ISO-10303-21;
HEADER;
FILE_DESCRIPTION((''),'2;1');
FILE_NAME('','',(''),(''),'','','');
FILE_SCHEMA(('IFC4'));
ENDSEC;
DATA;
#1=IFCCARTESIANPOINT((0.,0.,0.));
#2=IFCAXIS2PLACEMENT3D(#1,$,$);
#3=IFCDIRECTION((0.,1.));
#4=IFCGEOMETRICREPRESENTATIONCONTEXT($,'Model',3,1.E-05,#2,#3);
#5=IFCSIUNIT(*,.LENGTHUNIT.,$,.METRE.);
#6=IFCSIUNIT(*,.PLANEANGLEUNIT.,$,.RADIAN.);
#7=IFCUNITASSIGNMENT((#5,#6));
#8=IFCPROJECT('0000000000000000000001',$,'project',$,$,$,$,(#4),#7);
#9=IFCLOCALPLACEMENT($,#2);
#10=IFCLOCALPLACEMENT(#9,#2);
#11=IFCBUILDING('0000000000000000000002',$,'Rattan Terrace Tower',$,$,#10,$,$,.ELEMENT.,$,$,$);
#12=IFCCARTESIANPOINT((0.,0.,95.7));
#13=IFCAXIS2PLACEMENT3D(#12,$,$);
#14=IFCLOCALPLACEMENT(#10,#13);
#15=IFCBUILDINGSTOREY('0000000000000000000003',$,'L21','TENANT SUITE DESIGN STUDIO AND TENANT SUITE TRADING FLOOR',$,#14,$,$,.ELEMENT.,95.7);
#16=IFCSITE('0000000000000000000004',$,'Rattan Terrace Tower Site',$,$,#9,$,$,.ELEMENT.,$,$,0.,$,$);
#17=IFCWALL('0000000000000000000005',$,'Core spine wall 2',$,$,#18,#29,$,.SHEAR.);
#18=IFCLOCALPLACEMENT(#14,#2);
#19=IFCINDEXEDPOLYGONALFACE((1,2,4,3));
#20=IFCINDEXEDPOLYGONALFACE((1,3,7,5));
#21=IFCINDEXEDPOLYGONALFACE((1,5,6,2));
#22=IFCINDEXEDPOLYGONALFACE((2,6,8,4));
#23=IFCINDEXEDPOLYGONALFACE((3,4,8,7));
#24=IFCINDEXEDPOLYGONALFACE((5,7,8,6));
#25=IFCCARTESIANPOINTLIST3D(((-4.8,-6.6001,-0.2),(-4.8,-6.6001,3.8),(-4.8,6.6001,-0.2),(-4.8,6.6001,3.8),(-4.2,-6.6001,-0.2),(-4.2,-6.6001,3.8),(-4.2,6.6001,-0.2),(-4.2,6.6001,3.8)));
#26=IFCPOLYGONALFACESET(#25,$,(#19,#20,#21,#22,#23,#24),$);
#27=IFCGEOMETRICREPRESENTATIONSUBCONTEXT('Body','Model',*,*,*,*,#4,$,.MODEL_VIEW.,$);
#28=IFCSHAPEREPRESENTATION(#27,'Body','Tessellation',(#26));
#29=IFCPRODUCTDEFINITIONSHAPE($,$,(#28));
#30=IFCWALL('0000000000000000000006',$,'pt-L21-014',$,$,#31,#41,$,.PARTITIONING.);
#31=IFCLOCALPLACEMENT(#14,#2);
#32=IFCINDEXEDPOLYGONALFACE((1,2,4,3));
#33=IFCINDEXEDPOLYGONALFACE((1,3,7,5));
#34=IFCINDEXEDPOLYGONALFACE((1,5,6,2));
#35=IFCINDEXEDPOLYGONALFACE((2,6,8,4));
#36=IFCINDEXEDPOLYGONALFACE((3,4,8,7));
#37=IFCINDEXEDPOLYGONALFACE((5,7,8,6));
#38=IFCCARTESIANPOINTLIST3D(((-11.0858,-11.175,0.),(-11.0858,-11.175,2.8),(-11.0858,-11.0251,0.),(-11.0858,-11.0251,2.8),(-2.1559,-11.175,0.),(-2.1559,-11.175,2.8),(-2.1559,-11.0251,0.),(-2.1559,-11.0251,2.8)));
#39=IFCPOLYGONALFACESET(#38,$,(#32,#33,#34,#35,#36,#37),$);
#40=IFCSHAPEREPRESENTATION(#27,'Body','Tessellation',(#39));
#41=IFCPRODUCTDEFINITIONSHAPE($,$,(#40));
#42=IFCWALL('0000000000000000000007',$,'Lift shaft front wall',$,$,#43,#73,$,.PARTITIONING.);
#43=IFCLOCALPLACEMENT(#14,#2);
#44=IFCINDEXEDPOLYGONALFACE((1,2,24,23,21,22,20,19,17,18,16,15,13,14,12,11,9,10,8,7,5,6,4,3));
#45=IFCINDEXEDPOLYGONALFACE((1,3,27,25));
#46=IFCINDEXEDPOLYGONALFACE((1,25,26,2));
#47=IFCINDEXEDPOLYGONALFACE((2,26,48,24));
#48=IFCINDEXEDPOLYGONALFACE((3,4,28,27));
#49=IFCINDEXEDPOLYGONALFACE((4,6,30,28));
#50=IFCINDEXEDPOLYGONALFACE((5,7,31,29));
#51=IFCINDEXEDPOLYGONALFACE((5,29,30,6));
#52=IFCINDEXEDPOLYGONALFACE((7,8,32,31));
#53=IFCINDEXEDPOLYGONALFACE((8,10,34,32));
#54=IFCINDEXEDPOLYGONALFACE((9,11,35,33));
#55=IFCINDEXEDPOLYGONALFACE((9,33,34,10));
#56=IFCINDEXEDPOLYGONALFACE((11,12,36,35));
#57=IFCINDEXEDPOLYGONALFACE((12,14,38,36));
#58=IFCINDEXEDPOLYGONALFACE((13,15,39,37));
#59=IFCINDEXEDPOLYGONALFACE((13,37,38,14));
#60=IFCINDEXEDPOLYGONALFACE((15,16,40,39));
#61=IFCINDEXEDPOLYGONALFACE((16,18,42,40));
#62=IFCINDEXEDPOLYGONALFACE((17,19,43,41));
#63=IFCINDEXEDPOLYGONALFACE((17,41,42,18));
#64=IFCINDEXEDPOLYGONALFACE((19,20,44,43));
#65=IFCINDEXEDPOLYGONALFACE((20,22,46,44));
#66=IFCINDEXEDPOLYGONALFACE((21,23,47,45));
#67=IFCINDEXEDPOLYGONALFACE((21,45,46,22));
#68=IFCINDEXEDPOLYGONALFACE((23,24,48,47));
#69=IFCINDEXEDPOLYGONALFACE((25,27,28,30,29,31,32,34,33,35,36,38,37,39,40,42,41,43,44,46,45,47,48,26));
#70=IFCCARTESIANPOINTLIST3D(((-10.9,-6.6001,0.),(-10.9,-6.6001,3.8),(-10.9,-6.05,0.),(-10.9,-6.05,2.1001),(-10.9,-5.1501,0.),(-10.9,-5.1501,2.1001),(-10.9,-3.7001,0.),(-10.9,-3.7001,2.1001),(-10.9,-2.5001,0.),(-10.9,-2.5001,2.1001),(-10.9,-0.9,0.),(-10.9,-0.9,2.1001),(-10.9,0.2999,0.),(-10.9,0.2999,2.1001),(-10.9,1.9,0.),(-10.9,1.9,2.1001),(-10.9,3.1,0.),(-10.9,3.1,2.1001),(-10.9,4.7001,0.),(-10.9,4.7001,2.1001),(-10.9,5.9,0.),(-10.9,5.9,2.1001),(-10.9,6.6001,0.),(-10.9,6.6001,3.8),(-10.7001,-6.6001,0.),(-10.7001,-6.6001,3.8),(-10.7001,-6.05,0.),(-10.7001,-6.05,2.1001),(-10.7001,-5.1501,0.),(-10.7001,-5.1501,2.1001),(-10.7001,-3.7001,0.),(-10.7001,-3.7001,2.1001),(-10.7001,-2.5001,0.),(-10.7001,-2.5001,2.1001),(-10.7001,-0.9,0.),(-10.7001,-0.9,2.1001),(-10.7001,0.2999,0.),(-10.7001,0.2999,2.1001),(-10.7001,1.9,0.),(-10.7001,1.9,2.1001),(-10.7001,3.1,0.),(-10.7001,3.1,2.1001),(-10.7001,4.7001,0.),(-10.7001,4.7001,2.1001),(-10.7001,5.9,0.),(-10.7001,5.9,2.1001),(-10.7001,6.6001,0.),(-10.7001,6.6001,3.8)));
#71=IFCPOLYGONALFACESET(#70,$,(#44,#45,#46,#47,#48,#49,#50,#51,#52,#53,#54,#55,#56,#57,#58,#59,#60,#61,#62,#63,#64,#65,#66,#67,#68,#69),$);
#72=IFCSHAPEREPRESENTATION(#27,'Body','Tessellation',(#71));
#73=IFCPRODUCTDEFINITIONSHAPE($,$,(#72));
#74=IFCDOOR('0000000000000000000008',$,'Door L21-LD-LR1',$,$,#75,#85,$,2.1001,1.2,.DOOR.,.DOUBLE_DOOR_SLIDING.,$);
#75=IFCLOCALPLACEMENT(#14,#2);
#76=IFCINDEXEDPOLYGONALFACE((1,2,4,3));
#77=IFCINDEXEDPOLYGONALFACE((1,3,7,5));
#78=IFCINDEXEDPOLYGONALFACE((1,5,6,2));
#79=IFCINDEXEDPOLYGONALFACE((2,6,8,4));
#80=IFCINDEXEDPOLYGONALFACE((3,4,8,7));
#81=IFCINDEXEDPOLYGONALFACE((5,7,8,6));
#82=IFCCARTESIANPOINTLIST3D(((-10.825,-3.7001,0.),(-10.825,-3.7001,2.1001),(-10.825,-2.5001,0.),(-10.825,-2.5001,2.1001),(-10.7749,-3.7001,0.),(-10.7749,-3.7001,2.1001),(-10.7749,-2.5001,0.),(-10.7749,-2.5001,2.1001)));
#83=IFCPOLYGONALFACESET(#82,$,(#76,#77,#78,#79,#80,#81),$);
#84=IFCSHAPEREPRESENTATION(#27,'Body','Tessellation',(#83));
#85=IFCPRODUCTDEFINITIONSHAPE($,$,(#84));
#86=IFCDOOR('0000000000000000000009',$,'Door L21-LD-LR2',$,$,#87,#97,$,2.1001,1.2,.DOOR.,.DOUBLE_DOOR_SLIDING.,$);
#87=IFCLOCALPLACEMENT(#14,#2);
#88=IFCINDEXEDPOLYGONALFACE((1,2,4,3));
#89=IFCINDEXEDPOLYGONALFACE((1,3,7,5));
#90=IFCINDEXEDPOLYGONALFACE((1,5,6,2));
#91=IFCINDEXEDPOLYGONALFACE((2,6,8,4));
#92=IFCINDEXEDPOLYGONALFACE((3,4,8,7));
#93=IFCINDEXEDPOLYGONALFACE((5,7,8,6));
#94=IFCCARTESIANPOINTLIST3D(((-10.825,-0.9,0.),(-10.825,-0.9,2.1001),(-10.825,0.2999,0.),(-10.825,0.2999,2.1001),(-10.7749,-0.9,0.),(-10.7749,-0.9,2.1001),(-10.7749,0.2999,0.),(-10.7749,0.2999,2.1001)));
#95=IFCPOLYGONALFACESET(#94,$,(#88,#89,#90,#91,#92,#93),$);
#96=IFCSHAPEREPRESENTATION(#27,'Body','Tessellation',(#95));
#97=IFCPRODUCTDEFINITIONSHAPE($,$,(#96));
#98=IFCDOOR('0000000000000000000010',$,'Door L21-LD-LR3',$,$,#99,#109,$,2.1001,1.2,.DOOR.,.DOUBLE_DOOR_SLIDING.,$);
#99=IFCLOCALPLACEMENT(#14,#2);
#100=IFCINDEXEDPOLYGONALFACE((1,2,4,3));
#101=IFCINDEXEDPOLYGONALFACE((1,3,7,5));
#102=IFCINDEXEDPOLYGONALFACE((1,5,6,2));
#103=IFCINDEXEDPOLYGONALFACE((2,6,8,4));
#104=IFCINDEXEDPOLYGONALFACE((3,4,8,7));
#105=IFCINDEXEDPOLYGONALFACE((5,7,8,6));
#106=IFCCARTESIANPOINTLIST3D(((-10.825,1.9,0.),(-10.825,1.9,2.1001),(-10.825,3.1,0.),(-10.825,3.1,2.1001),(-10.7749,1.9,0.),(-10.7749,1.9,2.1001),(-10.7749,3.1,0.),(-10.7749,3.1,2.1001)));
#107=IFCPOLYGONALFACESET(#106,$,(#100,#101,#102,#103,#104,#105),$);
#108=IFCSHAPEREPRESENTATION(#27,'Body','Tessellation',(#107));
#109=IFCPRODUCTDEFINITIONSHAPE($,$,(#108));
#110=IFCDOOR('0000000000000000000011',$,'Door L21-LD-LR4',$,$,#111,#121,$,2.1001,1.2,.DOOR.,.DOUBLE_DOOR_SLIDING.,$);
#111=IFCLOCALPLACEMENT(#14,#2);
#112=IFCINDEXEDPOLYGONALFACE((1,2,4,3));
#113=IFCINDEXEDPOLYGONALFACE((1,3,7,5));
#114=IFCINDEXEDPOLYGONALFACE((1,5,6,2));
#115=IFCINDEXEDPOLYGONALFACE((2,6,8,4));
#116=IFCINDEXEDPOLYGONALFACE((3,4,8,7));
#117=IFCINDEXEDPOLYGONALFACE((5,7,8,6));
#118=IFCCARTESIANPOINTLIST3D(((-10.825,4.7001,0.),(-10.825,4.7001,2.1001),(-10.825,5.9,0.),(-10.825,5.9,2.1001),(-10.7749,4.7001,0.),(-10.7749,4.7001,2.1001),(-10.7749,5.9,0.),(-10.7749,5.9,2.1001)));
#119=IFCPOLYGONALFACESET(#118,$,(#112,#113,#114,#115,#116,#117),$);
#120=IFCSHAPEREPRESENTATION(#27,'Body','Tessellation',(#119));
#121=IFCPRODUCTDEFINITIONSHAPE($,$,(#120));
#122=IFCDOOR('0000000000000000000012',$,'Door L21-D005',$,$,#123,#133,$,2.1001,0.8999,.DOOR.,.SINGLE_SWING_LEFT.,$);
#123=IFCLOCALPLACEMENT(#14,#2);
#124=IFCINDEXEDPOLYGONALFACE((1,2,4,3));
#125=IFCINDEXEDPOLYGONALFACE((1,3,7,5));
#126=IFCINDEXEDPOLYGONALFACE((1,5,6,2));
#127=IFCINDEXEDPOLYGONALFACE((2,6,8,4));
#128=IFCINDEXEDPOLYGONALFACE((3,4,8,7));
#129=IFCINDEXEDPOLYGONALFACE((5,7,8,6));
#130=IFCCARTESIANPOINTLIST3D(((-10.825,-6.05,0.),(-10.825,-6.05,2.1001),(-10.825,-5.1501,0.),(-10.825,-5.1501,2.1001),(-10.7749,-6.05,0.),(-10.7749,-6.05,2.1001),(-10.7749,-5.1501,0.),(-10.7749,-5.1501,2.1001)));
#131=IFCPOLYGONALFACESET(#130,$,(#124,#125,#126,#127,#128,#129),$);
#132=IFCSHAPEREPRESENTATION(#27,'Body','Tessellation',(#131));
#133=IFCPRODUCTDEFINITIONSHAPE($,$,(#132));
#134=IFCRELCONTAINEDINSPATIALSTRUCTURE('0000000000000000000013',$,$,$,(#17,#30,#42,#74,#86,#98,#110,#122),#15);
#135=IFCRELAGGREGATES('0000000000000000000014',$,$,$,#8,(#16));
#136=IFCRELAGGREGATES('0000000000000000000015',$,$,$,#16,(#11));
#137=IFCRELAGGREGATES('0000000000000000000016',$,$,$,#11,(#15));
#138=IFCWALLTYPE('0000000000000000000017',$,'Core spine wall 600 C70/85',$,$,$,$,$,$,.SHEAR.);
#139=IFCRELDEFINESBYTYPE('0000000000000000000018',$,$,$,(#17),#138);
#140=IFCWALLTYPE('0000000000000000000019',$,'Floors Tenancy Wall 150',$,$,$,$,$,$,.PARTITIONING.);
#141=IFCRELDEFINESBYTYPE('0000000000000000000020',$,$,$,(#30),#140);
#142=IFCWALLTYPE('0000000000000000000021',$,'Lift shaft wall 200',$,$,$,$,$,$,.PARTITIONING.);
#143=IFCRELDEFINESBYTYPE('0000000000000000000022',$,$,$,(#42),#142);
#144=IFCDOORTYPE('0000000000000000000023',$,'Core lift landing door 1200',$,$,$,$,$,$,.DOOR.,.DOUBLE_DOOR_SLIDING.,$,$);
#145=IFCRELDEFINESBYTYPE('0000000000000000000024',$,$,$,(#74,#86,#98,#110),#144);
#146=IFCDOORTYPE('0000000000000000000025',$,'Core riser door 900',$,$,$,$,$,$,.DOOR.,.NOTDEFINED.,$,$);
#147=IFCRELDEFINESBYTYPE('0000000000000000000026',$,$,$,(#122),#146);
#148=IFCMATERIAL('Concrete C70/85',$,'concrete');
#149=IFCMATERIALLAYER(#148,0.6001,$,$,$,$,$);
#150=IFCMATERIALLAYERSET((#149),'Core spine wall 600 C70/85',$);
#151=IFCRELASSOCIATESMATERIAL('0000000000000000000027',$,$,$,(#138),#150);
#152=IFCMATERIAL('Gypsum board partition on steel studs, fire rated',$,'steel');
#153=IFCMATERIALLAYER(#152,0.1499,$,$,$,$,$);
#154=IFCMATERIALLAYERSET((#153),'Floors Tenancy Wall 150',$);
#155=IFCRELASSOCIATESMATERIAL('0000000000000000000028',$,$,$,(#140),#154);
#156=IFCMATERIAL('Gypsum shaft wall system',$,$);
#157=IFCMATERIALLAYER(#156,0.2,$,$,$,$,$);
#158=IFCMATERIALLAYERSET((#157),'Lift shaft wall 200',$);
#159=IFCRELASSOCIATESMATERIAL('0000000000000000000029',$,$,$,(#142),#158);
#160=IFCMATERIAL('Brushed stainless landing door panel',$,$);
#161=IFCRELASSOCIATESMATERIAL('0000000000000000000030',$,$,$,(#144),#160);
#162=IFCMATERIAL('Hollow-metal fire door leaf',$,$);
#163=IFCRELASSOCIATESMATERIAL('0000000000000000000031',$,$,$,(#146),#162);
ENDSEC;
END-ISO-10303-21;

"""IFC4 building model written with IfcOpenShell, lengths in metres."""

from ifc_helpers import new_model, si_unit, direction, frame, frame_2d, origin, place, context, subcontext, project, spatial, rectangle, extrude, material, layer, layer_set, type_object, element, fill, save


model = new_model("IFC4")

# Units and contexts
model_context = context("Model", 3, precision=1e-05, world=origin(), true_north=direction((0.0, 1.0)))
body_context = subcontext(model_context, "Body", "Model", "MODEL_VIEW")
ifc_project = project(units=[si_unit("LENGTHUNIT", "METRE"), si_unit("PLANEANGLEUNIT", "RADIAN")], contexts=[model_context])

# Site, building, storey
site_placement = place(None, origin())
site = spatial("IfcSite", under=ifc_project, at=site_placement, Name="Rattan Terrace Tower Site", CompositionType="ELEMENT", RefElevation=0.0)
building_placement = place(site_placement, origin())
building = spatial("IfcBuilding", under=site, at=building_placement, Name="Rattan Terrace Tower", CompositionType="ELEMENT")
storey_placement = place(building_placement, frame((0.0, 0.0, 95.7)))
storey = spatial("IfcBuildingStorey", under=building, at=storey_placement, Name="L21", Description="TENANT SUITE DESIGN STUDIO AND TENANT SUITE TRADING FLOOR", CompositionType="ELEMENT", Elevation=95.7)

# Walls
ifc_material_1 = material(Name="Concrete C70/85", Category="concrete")
ifc_layer_1 = layer(ifc_material_1, 0.6001)
ifc_layer_set_1 = layer_set([ifc_layer_1], Name="Core spine wall 600 C70/85")
wall_type_1 = type_object("IfcWallType", Name="Core spine wall 600 C70/85", PredefinedType="SHEAR", material=ifc_layer_set_1)
wall_1_placement = place(storey_placement, frame((-4.5, -6.6001, -0.2), z_axis=(0.0, 0.0, 1.0), x_axis=(0.0, 1.0, 0.0)))
element("IfcWall", 1, at=wall_1_placement, inside=storey, type_object=wall_type_1, Name="Core spine wall 2", PredefinedType="SHEAR", context=body_context, shape_type="SweptSolid", body=[
    extrude(rectangle(XDim=13.2002, YDim=0.6001, at=frame_2d((6.6001, 0.0))), origin(), (0.0, 0.0, 1.0), 4.0),
])
ifc_material_2 = material(Name="Gypsum board partition on steel studs, fire rated", Category="steel")
ifc_layer_2 = layer(ifc_material_2, 0.1499)
ifc_layer_set_2 = layer_set([ifc_layer_2], Name="Floors Tenancy Wall 150")
wall_type_2 = type_object("IfcWallType", Name="Floors Tenancy Wall 150", PredefinedType="PARTITIONING", material=ifc_layer_set_2)
wall_2_placement = place(storey_placement, frame((-2.156, -11.1001, 0.0), z_axis=(0.0, 0.0, 1.0), x_axis=(-1.0, 0.0, 0.0)))
element("IfcWall", 2, at=wall_2_placement, inside=storey, type_object=wall_type_2, Name="pt-L21-014", PredefinedType="PARTITIONING", context=body_context, shape_type="SweptSolid", body=[
    extrude(rectangle(XDim=8.9299, YDim=0.1499, at=frame_2d((4.4648, 0.0))), origin(), (0.0, 0.0, 1.0), 2.8),
])

# Wall, openings, doors
ifc_material_3 = material(Name="Gypsum shaft wall system")
ifc_layer_3 = layer(ifc_material_3, 0.2)
ifc_layer_set_3 = layer_set([ifc_layer_3], Name="Lift shaft wall 200")
wall_type_3 = type_object("IfcWallType", Name="Lift shaft wall 200", PredefinedType="PARTITIONING", material=ifc_layer_set_3)
wall_3_placement = place(storey_placement, frame((-10.8, -6.6001, 0.0), z_axis=(0.0, 0.0, 1.0), x_axis=(0.0, 1.0, 0.0)))
wall_3 = element("IfcWall", 3, at=wall_3_placement, inside=storey, type_object=wall_type_3, Name="Lift shaft front wall", PredefinedType="PARTITIONING", context=body_context, shape_type="SweptSolid", body=[
    extrude(rectangle(XDim=13.2002, YDim=0.2, at=frame_2d((6.6001, 0.0))), origin(), (0.0, 0.0, 1.0), 3.8),
])
opening_1_placement = place(wall_3_placement, frame((0.55, 0.0, 0.0)))
opening_1 = element("IfcOpeningElement", 4, at=opening_1_placement, cuts=wall_3, PredefinedType="OPENING", context=body_context, shape_type="SweptSolid", body=[
    extrude(rectangle(XDim=0.8999, YDim=2.1001, at=frame_2d((0.45, 1.05))), frame((0.0, 0.1106, 0.0), z_axis=(0.0, -1.0, 0.0), x_axis=(1.0, 0.0, 0.0)), (0.0, 0.0, 1.0), 0.2209),
])
opening_2_placement = place(wall_3_placement, frame((2.8999, 0.0, 0.0)))
opening_2 = element("IfcOpeningElement", 5, at=opening_2_placement, cuts=wall_3, PredefinedType="OPENING", context=body_context, shape_type="SweptSolid", body=[
    extrude(rectangle(XDim=1.2, YDim=2.1001, at=frame_2d((0.6001, 1.05))), frame((0.0, 0.1106, 0.0), z_axis=(0.0, -1.0, 0.0), x_axis=(1.0, 0.0, 0.0)), (0.0, 0.0, 1.0), 0.2209),
])
opening_3_placement = place(wall_3_placement, frame((5.7, 0.0, 0.0)))
opening_3 = element("IfcOpeningElement", 6, at=opening_3_placement, cuts=wall_3, PredefinedType="OPENING", context=body_context, shape_type="SweptSolid", body=[
    extrude(rectangle(XDim=1.2, YDim=2.1001, at=frame_2d((0.6001, 1.05))), frame((0.0, 0.1106, 0.0), z_axis=(0.0, -1.0, 0.0), x_axis=(1.0, 0.0, 0.0)), (0.0, 0.0, 1.0), 0.2209),
])
opening_4_placement = place(wall_3_placement, frame((8.5, 0.0, 0.0)))
opening_4 = element("IfcOpeningElement", 7, at=opening_4_placement, cuts=wall_3, PredefinedType="OPENING", context=body_context, shape_type="SweptSolid", body=[
    extrude(rectangle(XDim=1.2, YDim=2.1001, at=frame_2d((0.6001, 1.05))), frame((0.0, 0.1106, 0.0), z_axis=(0.0, -1.0, 0.0), x_axis=(1.0, 0.0, 0.0)), (0.0, 0.0, 1.0), 0.2209),
])
opening_5_placement = place(wall_3_placement, frame((11.3, 0.0, 0.0)))
opening_5 = element("IfcOpeningElement", 8, at=opening_5_placement, cuts=wall_3, PredefinedType="OPENING", context=body_context, shape_type="SweptSolid", body=[
    extrude(rectangle(XDim=1.2, YDim=2.1001, at=frame_2d((0.6001, 1.05))), frame((0.0, 0.1106, 0.0), z_axis=(0.0, -1.0, 0.0), x_axis=(1.0, 0.0, 0.0)), (0.0, 0.0, 1.0), 0.2209),
])
ifc_material_4 = material(Name="Brushed stainless landing door panel")
door_type_1 = type_object("IfcDoorType", Name="Core lift landing door 1200", OperationType="DOUBLE_DOOR_SLIDING", PredefinedType="DOOR", material=ifc_material_4)
door_1_placement = place(opening_2_placement, origin())
door_1 = element("IfcDoor", 9, at=door_1_placement, inside=storey, type_object=door_type_1, Name="Door L21-LD-LR1", OperationType="DOUBLE_DOOR_SLIDING", OverallHeight=2.1001, OverallWidth=1.2, PredefinedType="DOOR", context=body_context, shape_type="SweptSolid", body=[
    extrude(rectangle(XDim=1.2, YDim=2.1001, at=frame_2d((0.6001, 1.05))), frame((0.0, 0.0249, 0.0), z_axis=(0.0, -1.0, 0.0), x_axis=(1.0, 0.0, 0.0)), (0.0, 0.0, 1.0), 0.05),
])
fill(opening_2, door_1)
door_2_placement = place(opening_3_placement, origin())
door_2 = element("IfcDoor", 10, at=door_2_placement, inside=storey, type_object=door_type_1, Name="Door L21-LD-LR2", OperationType="DOUBLE_DOOR_SLIDING", OverallHeight=2.1001, OverallWidth=1.2, PredefinedType="DOOR", context=body_context, shape_type="SweptSolid", body=[
    extrude(rectangle(XDim=1.2, YDim=2.1001, at=frame_2d((0.6001, 1.05))), frame((0.0, 0.0249, 0.0), z_axis=(0.0, -1.0, 0.0), x_axis=(1.0, 0.0, 0.0)), (0.0, 0.0, 1.0), 0.05),
])
fill(opening_3, door_2)
door_3_placement = place(opening_4_placement, origin())
door_3 = element("IfcDoor", 11, at=door_3_placement, inside=storey, type_object=door_type_1, Name="Door L21-LD-LR3", OperationType="DOUBLE_DOOR_SLIDING", OverallHeight=2.1001, OverallWidth=1.2, PredefinedType="DOOR", context=body_context, shape_type="SweptSolid", body=[
    extrude(rectangle(XDim=1.2, YDim=2.1001, at=frame_2d((0.6001, 1.05))), frame((0.0, 0.0249, 0.0), z_axis=(0.0, -1.0, 0.0), x_axis=(1.0, 0.0, 0.0)), (0.0, 0.0, 1.0), 0.05),
])
fill(opening_4, door_3)
door_4_placement = place(opening_5_placement, origin())
door_4 = element("IfcDoor", 12, at=door_4_placement, inside=storey, type_object=door_type_1, Name="Door L21-LD-LR4", OperationType="DOUBLE_DOOR_SLIDING", OverallHeight=2.1001, OverallWidth=1.2, PredefinedType="DOOR", context=body_context, shape_type="SweptSolid", body=[
    extrude(rectangle(XDim=1.2, YDim=2.1001, at=frame_2d((0.6001, 1.05))), frame((0.0, 0.0249, 0.0), z_axis=(0.0, -1.0, 0.0), x_axis=(1.0, 0.0, 0.0)), (0.0, 0.0, 1.0), 0.05),
])
fill(opening_5, door_4)
ifc_material_5 = material(Name="Hollow-metal fire door leaf")
door_type_2 = type_object("IfcDoorType", Name="Core riser door 900", OperationType="NOTDEFINED", PredefinedType="DOOR", material=ifc_material_5)
door_5_placement = place(opening_1_placement, origin())
door_5 = element("IfcDoor", 13, at=door_5_placement, inside=storey, type_object=door_type_2, Name="Door L21-D005", OperationType="SINGLE_SWING_LEFT", OverallHeight=2.1001, OverallWidth=0.8999, PredefinedType="DOOR", context=body_context, shape_type="SweptSolid", body=[
    extrude(rectangle(XDim=0.8999, YDim=2.1001, at=frame_2d((0.45, 1.05))), frame((0.0, 0.0249, 0.0), z_axis=(0.0, -1.0, 0.0), x_axis=(1.0, 0.0, 0.0)), (0.0, 0.0, 1.0), 0.05),
])
fill(opening_1, door_5)

save(model, "model.ifc")
